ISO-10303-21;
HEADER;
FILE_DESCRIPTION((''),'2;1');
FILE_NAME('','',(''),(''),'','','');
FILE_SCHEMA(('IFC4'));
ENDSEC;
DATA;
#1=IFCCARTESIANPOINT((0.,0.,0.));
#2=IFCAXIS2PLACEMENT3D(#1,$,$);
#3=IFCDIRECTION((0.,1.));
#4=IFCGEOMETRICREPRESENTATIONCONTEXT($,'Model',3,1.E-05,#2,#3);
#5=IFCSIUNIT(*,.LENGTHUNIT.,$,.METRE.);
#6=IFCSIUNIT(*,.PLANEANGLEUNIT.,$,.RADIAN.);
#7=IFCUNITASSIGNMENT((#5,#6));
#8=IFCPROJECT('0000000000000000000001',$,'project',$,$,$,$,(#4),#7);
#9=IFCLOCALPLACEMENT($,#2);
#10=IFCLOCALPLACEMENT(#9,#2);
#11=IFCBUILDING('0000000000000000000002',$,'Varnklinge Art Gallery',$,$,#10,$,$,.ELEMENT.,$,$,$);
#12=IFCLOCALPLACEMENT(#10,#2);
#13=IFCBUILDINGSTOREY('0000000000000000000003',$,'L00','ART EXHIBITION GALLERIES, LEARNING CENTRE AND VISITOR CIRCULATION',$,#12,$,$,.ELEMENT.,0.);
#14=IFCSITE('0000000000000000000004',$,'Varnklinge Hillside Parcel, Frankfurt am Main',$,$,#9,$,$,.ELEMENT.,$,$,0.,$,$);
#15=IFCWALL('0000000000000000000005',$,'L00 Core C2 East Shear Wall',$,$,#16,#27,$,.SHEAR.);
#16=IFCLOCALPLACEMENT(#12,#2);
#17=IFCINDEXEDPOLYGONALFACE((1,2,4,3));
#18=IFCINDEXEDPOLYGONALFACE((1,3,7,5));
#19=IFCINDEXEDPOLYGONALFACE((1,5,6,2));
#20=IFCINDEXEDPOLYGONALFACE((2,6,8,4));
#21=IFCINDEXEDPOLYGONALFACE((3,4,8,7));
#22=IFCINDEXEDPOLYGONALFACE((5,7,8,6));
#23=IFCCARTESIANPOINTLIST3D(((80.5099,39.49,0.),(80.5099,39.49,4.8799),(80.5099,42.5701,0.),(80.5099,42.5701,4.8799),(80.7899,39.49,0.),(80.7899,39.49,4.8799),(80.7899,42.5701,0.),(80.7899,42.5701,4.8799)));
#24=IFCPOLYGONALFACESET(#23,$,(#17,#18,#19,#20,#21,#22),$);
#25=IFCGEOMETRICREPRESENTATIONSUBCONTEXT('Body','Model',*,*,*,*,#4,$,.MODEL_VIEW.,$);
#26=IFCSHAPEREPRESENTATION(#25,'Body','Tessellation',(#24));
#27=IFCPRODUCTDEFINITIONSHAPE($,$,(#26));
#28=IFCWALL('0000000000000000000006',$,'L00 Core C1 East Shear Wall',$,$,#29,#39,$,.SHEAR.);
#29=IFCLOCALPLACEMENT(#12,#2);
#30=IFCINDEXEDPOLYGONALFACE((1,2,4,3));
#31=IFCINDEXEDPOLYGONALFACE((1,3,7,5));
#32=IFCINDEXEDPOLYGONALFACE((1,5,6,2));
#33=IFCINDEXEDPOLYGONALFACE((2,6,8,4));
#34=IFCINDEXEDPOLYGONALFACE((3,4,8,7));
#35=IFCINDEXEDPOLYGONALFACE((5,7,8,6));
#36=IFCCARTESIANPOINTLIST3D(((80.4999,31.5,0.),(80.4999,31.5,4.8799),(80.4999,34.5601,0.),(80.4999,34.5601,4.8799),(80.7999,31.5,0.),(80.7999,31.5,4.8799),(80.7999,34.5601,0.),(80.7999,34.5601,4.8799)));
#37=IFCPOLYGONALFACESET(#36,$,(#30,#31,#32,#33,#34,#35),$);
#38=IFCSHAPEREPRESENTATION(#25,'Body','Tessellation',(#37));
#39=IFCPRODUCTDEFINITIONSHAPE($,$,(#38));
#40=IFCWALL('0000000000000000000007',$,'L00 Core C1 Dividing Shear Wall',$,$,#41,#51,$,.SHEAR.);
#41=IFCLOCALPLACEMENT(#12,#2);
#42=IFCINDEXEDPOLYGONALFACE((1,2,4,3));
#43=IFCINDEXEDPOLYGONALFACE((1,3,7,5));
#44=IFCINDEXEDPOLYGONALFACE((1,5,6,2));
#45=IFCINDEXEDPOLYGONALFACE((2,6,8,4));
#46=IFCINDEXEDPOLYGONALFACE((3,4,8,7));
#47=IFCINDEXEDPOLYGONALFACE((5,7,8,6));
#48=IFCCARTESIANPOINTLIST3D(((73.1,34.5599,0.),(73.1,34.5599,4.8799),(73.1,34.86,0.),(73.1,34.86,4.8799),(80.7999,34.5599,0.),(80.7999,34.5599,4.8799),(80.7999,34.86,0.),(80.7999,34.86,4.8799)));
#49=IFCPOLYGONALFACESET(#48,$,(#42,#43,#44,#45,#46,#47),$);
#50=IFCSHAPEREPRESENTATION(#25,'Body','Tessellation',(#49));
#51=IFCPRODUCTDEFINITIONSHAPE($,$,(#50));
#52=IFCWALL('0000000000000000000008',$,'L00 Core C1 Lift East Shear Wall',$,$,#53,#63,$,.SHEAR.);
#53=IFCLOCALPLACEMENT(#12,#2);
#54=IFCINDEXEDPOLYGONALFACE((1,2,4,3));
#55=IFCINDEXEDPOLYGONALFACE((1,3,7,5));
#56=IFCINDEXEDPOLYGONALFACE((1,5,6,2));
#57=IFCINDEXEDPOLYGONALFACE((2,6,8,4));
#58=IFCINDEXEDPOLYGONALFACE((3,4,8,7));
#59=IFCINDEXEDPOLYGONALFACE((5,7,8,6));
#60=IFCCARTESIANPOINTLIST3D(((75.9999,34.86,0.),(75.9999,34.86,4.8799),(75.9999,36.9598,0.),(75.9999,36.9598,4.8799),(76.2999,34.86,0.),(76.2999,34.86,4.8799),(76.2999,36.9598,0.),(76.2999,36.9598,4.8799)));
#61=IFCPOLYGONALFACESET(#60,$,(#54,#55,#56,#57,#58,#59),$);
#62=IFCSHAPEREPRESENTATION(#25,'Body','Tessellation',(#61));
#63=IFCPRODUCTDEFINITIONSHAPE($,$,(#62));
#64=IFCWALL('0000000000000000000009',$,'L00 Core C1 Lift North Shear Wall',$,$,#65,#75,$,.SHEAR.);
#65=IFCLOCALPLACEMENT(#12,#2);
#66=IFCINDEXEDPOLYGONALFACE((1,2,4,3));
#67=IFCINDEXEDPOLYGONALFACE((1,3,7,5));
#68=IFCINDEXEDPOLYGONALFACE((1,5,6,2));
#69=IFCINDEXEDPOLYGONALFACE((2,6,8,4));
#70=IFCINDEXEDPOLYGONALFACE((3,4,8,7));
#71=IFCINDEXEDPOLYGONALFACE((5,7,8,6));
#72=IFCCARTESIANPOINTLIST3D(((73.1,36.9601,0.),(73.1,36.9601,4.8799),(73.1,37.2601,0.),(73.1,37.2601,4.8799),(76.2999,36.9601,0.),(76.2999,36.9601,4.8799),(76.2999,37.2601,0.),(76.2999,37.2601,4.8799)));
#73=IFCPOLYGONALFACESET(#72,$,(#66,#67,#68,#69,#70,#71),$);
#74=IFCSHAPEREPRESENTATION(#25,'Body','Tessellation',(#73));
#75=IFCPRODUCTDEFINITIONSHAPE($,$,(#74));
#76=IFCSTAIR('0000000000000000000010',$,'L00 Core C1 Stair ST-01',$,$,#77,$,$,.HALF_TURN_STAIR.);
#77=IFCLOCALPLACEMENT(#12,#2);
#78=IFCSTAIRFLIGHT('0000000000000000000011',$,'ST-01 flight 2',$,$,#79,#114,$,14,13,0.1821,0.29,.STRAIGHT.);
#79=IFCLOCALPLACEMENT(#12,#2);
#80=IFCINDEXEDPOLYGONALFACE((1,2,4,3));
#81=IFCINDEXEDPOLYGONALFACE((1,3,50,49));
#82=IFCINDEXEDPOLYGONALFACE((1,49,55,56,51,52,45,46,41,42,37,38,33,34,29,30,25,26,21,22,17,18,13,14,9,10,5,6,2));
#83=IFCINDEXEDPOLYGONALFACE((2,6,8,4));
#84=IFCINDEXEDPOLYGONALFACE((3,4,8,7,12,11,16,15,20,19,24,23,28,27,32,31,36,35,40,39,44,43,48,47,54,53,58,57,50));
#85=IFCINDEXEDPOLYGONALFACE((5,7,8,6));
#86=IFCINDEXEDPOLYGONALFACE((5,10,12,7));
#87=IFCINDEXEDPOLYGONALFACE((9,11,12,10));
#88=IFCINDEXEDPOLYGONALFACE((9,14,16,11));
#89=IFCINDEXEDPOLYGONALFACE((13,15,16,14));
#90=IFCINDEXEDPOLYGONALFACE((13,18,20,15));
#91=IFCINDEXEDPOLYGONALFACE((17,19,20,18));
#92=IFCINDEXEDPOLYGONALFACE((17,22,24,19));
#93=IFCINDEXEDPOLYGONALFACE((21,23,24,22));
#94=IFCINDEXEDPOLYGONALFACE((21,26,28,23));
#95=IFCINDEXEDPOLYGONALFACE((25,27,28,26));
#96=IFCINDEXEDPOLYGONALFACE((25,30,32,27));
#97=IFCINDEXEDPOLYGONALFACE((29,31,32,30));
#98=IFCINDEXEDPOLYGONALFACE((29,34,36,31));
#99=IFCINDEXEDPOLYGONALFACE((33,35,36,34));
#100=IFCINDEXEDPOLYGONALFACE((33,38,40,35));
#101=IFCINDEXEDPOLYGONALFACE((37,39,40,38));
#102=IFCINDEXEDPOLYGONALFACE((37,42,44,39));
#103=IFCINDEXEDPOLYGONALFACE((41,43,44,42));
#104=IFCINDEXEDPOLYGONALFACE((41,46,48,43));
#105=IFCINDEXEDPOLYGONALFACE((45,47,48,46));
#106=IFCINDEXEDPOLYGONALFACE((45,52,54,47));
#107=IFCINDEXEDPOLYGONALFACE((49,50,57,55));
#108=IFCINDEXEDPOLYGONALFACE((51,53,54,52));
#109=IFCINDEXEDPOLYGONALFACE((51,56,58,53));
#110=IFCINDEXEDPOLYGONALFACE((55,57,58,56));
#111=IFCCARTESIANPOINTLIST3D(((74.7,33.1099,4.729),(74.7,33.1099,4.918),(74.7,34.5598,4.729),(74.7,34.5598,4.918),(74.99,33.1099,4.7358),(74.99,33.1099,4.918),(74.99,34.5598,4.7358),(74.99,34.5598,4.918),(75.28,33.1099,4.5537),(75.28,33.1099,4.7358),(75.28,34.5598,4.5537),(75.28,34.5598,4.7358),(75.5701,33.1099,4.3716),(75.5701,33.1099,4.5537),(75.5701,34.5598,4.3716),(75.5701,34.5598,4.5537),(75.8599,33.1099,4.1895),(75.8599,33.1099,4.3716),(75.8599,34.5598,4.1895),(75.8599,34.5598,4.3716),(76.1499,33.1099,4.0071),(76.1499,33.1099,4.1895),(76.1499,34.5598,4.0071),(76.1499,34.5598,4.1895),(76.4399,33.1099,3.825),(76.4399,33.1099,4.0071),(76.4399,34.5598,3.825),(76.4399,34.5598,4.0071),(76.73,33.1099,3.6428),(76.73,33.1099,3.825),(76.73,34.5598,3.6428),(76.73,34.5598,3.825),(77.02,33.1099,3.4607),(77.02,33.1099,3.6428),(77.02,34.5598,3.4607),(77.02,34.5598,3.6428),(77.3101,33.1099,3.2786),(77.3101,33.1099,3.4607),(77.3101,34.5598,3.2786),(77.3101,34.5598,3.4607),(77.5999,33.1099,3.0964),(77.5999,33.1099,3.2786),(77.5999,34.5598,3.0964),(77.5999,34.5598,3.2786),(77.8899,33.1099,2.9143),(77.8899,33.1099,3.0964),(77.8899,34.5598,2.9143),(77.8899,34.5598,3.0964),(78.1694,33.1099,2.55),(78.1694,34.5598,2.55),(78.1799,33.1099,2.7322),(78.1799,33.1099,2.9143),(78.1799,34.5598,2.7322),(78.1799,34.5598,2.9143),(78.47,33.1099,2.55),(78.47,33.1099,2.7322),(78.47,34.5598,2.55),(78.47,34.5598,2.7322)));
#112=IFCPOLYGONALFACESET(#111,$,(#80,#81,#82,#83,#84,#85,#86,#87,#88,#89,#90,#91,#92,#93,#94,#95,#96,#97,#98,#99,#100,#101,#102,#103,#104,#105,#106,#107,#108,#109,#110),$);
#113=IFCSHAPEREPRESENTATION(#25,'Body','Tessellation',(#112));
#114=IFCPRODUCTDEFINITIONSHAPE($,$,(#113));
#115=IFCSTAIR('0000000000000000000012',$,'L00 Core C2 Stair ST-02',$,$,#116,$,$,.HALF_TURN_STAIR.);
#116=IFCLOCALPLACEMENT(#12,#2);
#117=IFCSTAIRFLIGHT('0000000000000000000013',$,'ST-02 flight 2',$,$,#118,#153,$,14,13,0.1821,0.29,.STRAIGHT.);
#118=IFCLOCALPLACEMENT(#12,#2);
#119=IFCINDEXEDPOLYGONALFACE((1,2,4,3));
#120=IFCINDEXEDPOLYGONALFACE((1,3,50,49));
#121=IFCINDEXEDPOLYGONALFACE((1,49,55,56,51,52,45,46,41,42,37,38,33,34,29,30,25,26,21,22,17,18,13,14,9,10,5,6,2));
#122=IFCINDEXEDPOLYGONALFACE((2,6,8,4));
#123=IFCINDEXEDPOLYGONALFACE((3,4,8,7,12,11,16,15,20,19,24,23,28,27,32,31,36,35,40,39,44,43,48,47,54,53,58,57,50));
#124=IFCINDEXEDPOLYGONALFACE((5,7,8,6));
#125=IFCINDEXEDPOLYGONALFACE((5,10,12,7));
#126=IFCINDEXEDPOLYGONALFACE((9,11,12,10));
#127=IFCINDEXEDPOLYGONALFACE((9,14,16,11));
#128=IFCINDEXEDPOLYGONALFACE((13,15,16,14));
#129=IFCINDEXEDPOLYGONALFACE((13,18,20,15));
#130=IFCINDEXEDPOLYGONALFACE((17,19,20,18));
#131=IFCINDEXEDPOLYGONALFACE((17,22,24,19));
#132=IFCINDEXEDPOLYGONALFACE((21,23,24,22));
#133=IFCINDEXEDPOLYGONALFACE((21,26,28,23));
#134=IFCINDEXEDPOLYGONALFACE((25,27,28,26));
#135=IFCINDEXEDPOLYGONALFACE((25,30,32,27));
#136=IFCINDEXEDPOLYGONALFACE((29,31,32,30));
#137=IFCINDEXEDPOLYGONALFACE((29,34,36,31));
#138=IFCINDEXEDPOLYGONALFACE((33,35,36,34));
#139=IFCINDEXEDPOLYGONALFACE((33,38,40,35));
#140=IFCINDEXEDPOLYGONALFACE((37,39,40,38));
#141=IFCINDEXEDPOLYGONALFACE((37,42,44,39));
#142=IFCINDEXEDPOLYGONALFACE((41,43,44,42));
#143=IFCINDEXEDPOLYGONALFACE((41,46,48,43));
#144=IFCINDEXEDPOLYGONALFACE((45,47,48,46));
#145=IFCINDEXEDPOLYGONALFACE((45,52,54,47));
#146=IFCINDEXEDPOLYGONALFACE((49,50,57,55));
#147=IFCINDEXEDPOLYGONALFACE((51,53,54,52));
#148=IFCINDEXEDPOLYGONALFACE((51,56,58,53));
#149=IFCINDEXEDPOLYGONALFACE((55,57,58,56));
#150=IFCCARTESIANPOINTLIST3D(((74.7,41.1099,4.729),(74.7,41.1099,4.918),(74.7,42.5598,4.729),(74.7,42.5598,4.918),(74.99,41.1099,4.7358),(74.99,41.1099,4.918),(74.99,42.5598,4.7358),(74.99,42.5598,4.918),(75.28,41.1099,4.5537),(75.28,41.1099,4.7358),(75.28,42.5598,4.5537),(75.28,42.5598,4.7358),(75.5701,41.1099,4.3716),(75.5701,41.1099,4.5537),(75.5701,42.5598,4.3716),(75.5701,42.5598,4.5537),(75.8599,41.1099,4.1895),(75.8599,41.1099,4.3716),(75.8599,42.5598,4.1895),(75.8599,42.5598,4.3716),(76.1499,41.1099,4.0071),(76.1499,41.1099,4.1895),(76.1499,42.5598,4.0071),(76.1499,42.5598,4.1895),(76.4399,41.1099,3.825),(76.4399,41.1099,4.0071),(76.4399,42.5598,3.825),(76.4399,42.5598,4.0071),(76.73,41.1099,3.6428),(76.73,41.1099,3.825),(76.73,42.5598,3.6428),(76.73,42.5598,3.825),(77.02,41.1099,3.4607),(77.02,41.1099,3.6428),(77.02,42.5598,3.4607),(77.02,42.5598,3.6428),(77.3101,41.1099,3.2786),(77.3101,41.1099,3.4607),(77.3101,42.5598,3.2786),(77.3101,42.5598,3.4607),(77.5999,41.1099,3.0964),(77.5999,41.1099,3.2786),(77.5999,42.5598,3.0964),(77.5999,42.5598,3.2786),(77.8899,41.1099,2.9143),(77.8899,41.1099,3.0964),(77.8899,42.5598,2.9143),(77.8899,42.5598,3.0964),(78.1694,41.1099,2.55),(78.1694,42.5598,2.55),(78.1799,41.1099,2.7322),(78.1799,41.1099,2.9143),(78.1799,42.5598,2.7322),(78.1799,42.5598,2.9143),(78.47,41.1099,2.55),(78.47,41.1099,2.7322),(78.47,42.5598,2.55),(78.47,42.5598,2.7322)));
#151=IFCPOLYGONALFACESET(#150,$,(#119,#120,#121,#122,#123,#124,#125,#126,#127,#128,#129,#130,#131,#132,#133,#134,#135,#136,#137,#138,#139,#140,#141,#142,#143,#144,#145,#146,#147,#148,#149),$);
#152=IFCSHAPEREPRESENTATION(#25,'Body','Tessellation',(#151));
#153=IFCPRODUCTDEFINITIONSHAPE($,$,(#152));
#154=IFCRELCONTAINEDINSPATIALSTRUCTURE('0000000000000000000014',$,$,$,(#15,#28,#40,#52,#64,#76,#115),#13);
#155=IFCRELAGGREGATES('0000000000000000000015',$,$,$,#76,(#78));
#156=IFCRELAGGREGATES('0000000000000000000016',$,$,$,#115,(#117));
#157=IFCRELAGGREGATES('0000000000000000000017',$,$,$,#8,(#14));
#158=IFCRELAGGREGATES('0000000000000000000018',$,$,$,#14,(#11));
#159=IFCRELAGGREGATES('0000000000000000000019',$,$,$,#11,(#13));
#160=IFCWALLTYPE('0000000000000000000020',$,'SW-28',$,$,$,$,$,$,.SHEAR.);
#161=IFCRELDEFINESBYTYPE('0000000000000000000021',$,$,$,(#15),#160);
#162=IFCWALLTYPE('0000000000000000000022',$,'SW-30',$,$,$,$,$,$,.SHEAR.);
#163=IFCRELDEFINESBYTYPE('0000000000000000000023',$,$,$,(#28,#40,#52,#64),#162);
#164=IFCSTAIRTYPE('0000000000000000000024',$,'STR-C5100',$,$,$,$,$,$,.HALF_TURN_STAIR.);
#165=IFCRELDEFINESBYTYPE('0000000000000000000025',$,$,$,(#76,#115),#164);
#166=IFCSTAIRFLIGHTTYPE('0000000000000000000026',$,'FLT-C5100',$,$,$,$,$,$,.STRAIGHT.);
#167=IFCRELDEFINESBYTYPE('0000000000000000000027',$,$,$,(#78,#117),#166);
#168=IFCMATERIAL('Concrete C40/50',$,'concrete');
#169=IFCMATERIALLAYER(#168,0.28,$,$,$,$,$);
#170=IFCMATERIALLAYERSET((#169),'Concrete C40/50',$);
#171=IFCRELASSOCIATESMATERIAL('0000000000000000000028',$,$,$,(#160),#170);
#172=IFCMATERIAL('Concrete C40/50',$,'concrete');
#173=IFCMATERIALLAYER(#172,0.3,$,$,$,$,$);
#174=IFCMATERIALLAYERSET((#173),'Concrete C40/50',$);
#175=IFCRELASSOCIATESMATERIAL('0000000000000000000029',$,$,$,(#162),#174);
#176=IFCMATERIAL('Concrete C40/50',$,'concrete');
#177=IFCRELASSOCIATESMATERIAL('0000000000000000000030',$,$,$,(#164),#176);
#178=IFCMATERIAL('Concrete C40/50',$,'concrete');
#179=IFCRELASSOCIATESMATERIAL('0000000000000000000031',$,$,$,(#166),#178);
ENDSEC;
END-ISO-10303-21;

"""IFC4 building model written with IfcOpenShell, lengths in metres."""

from ifc_helpers import new_model, si_unit, direction, frame, frame_2d, origin, place, context, subcontext, project, spatial, polyline, rectangle, outline, extrude, material, layer, layer_set, type_object, element, aggregate, save


model = new_model("IFC4")

# Units and contexts
model_context = context("Model", 3, precision=1e-05, world=origin(), true_north=direction((0.0, 1.0)))
body_context = subcontext(model_context, "Body", "Model", "MODEL_VIEW")
ifc_project = project(units=[si_unit("LENGTHUNIT", "METRE"), si_unit("PLANEANGLEUNIT", "RADIAN")], contexts=[model_context])

# Site, building, storey
site_placement = place(None, origin())
site = spatial("IfcSite", under=ifc_project, at=site_placement, Name="Varnklinge Hillside Parcel, Frankfurt am Main", CompositionType="ELEMENT", RefElevation=0.0)
building_placement = place(site_placement, origin())
building = spatial("IfcBuilding", under=site, at=building_placement, Name="Varnklinge Art Gallery", CompositionType="ELEMENT")
storey_placement = place(building_placement, origin())
storey = spatial("IfcBuildingStorey", under=building, at=storey_placement, Name="L00", Description="ART EXHIBITION GALLERIES, LEARNING CENTRE AND VISITOR CIRCULATION", CompositionType="ELEMENT", Elevation=0.0)

# Walls
ifc_material_1 = material(Name="Concrete C40/50", Category="concrete")
ifc_layer_1 = layer(ifc_material_1, 0.28)
ifc_layer_set_1 = layer_set([ifc_layer_1], Name="Concrete C40/50")
wall_type_1 = type_object("IfcWallType", Name="SW-28", PredefinedType="SHEAR", material=ifc_layer_set_1)
wall_1_placement = place(storey_placement, frame((80.6499, 39.49, 0.0), z_axis=(0.0, 0.0, 1.0), x_axis=(0.0, 1.0, 0.0)))
element("IfcWall", 1, at=wall_1_placement, inside=storey, type_object=wall_type_1, Name="L00 Core C2 East Shear Wall", PredefinedType="SHEAR", context=body_context, shape_type="SweptSolid", body=[
    extrude(rectangle(XDim=3.0801, YDim=0.28, at=frame_2d((1.54, 0.0))), origin(), (0.0, 0.0, 1.0), 4.8799),
])
ifc_material_2 = material(Name="Concrete C40/50", Category="concrete")
ifc_layer_2 = layer(ifc_material_2, 0.3)
ifc_layer_set_2 = layer_set([ifc_layer_2], Name="Concrete C40/50")
wall_type_2 = type_object("IfcWallType", Name="SW-30", PredefinedType="SHEAR", material=ifc_layer_set_2)
wall_2_placement = place(storey_placement, frame((80.6499, 31.5, 0.0), z_axis=(0.0, 0.0, 1.0), x_axis=(0.0, 1.0, 0.0)))
element("IfcWall", 2, at=wall_2_placement, inside=storey, type_object=wall_type_2, Name="L00 Core C1 East Shear Wall", PredefinedType="SHEAR", context=body_context, shape_type="SweptSolid", body=[
    extrude(rectangle(XDim=3.0601, YDim=0.3, at=frame_2d((1.53, 0.0))), origin(), (0.0, 0.0, 1.0), 4.8799),
])
wall_3_placement = place(storey_placement, frame((80.8, 34.71, 0.0), z_axis=(0.0, 0.0, 1.0), x_axis=(-1.0, 0.0, 0.0)))
element("IfcWall", 3, at=wall_3_placement, inside=storey, type_object=wall_type_2, Name="L00 Core C1 Dividing Shear Wall", PredefinedType="SHEAR", context=body_context, shape_type="SweptSolid", body=[
    extrude(rectangle(XDim=7.7, YDim=0.3, at=frame_2d((3.8501, 0.0))), origin(), (0.0, 0.0, 1.0), 4.8799),
])
wall_4_placement = place(storey_placement, frame((76.1499, 34.8601, 0.0), z_axis=(0.0, 0.0, 1.0), x_axis=(0.0, 1.0, 0.0)))
element("IfcWall", 4, at=wall_4_placement, inside=storey, type_object=wall_type_2, Name="L00 Core C1 Lift East Shear Wall", PredefinedType="SHEAR", context=body_context, shape_type="SweptSolid", body=[
    extrude(rectangle(XDim=2.0999, YDim=0.3, at=frame_2d((1.0498, 0.0))), origin(), (0.0, 0.0, 1.0), 4.8799),
])
wall_5_placement = place(storey_placement, frame((76.3, 37.1101, 0.0), z_axis=(0.0, 0.0, 1.0), x_axis=(-1.0, 0.0, 0.0)))
element("IfcWall", 5, at=wall_5_placement, inside=storey, type_object=wall_type_2, Name="L00 Core C1 Lift North Shear Wall", PredefinedType="SHEAR", context=body_context, shape_type="SweptSolid", body=[
    extrude(rectangle(XDim=3.2, YDim=0.3, at=frame_2d((1.6001, 0.0))), origin(), (0.0, 0.0, 1.0), 4.8799),
])

# Stairs, stair flights
ifc_material_3 = material(Name="Concrete C40/50", Category="concrete")
stair_type = type_object("IfcStairType", Name="STR-C5100", PredefinedType="HALF_TURN_STAIR", material=ifc_material_3)
stair_1_placement = place(storey_placement, origin())
stair_1 = element("IfcStair", 6, at=stair_1_placement, inside=storey, type_object=stair_type, Name="L00 Core C1 Stair ST-01", PredefinedType="HALF_TURN_STAIR")
ifc_material_4 = material(Name="Concrete C40/50", Category="concrete")
stair_flight_type = type_object("IfcStairFlightType", Name="FLT-C5100", PredefinedType="STRAIGHT", material=ifc_material_4)
stair_flight_1_placement = place(storey_placement, frame((78.47, 33.835, 2.55), z_axis=(0.0, 0.0, 1.0), x_axis=(-1.0, 0.0, 0.0)))
stair_flight_1 = element("IfcStairFlight", 7, at=stair_flight_1_placement, type_object=stair_flight_type, Name="ST-01 flight 2", NumberOfRisers=14, NumberOfTreads=13, PredefinedType="STRAIGHT", RiserHeight=0.1821, TreadLength=0.29, context=body_context, shape_type="SweptSolid", body=[
    extrude(outline(polyline([(0.0, 0.0), (0.0, 0.1821), (0.29, 0.1821), (0.29, 0.3643), (0.5801, 0.3643), (0.5801, 0.5464), (0.8701, 0.5464), (0.8701, 0.7285), (1.1599, 0.7285), (1.1599, 0.9106), (1.45, 0.9106), (1.45, 1.0928), (1.74, 1.0928), (1.74, 1.2749), (2.03, 1.2749), (2.03, 1.457), (2.3201, 1.457), (2.3201, 1.6394), (2.6101, 1.6394), (2.6101, 1.8215), (2.8999, 1.8215), (2.8999, 2.0037), (3.1899, 2.0037), (3.1899, 2.1858), (3.48, 2.1858), (3.48, 2.3679), (3.77, 2.3679), (3.77, 2.55), (3.77, 2.179), (0.3005, 0.0), (0.0, 0.0)])), frame((0.0, 0.7251, 0.0), z_axis=(0.0, -1.0, 0.0), x_axis=(1.0, 0.0, 0.0)), (0.0, 0.0, 1.0), 1.45),
])
aggregate(stair_1, [stair_flight_1])
stair_2_placement = place(storey_placement, origin())
stair_2 = element("IfcStair", 8, at=stair_2_placement, inside=storey, type_object=stair_type, Name="L00 Core C2 Stair ST-02", PredefinedType="HALF_TURN_STAIR")
stair_flight_2_placement = place(storey_placement, frame((78.47, 41.835, 2.55), z_axis=(0.0, 0.0, 1.0), x_axis=(-1.0, 0.0, 0.0)))
stair_flight_2 = element("IfcStairFlight", 9, at=stair_flight_2_placement, type_object=stair_flight_type, Name="ST-02 flight 2", NumberOfRisers=14, NumberOfTreads=13, PredefinedType="STRAIGHT", RiserHeight=0.1821, TreadLength=0.29, context=body_context, shape_type="SweptSolid", body=[
    extrude(outline(polyline([(0.0, 0.0), (0.0, 0.1821), (0.29, 0.1821), (0.29, 0.3643), (0.5801, 0.3643), (0.5801, 0.5464), (0.8701, 0.5464), (0.8701, 0.7285), (1.1599, 0.7285), (1.1599, 0.9106), (1.45, 0.9106), (1.45, 1.0928), (1.74, 1.0928), (1.74, 1.2749), (2.03, 1.2749), (2.03, 1.457), (2.3201, 1.457), (2.3201, 1.6394), (2.6101, 1.6394), (2.6101, 1.8215), (2.8999, 1.8215), (2.8999, 2.0037), (3.1899, 2.0037), (3.1899, 2.1858), (3.48, 2.1858), (3.48, 2.3679), (3.77, 2.3679), (3.77, 2.55), (3.77, 2.179), (0.3005, 0.0), (0.0, 0.0)])), frame((0.0, 0.7251, 0.0), z_axis=(0.0, -1.0, 0.0), x_axis=(1.0, 0.0, 0.0)), (0.0, 0.0, 1.0), 1.45),
])
aggregate(stair_2, [stair_flight_2])

save(model, "model.ifc")
